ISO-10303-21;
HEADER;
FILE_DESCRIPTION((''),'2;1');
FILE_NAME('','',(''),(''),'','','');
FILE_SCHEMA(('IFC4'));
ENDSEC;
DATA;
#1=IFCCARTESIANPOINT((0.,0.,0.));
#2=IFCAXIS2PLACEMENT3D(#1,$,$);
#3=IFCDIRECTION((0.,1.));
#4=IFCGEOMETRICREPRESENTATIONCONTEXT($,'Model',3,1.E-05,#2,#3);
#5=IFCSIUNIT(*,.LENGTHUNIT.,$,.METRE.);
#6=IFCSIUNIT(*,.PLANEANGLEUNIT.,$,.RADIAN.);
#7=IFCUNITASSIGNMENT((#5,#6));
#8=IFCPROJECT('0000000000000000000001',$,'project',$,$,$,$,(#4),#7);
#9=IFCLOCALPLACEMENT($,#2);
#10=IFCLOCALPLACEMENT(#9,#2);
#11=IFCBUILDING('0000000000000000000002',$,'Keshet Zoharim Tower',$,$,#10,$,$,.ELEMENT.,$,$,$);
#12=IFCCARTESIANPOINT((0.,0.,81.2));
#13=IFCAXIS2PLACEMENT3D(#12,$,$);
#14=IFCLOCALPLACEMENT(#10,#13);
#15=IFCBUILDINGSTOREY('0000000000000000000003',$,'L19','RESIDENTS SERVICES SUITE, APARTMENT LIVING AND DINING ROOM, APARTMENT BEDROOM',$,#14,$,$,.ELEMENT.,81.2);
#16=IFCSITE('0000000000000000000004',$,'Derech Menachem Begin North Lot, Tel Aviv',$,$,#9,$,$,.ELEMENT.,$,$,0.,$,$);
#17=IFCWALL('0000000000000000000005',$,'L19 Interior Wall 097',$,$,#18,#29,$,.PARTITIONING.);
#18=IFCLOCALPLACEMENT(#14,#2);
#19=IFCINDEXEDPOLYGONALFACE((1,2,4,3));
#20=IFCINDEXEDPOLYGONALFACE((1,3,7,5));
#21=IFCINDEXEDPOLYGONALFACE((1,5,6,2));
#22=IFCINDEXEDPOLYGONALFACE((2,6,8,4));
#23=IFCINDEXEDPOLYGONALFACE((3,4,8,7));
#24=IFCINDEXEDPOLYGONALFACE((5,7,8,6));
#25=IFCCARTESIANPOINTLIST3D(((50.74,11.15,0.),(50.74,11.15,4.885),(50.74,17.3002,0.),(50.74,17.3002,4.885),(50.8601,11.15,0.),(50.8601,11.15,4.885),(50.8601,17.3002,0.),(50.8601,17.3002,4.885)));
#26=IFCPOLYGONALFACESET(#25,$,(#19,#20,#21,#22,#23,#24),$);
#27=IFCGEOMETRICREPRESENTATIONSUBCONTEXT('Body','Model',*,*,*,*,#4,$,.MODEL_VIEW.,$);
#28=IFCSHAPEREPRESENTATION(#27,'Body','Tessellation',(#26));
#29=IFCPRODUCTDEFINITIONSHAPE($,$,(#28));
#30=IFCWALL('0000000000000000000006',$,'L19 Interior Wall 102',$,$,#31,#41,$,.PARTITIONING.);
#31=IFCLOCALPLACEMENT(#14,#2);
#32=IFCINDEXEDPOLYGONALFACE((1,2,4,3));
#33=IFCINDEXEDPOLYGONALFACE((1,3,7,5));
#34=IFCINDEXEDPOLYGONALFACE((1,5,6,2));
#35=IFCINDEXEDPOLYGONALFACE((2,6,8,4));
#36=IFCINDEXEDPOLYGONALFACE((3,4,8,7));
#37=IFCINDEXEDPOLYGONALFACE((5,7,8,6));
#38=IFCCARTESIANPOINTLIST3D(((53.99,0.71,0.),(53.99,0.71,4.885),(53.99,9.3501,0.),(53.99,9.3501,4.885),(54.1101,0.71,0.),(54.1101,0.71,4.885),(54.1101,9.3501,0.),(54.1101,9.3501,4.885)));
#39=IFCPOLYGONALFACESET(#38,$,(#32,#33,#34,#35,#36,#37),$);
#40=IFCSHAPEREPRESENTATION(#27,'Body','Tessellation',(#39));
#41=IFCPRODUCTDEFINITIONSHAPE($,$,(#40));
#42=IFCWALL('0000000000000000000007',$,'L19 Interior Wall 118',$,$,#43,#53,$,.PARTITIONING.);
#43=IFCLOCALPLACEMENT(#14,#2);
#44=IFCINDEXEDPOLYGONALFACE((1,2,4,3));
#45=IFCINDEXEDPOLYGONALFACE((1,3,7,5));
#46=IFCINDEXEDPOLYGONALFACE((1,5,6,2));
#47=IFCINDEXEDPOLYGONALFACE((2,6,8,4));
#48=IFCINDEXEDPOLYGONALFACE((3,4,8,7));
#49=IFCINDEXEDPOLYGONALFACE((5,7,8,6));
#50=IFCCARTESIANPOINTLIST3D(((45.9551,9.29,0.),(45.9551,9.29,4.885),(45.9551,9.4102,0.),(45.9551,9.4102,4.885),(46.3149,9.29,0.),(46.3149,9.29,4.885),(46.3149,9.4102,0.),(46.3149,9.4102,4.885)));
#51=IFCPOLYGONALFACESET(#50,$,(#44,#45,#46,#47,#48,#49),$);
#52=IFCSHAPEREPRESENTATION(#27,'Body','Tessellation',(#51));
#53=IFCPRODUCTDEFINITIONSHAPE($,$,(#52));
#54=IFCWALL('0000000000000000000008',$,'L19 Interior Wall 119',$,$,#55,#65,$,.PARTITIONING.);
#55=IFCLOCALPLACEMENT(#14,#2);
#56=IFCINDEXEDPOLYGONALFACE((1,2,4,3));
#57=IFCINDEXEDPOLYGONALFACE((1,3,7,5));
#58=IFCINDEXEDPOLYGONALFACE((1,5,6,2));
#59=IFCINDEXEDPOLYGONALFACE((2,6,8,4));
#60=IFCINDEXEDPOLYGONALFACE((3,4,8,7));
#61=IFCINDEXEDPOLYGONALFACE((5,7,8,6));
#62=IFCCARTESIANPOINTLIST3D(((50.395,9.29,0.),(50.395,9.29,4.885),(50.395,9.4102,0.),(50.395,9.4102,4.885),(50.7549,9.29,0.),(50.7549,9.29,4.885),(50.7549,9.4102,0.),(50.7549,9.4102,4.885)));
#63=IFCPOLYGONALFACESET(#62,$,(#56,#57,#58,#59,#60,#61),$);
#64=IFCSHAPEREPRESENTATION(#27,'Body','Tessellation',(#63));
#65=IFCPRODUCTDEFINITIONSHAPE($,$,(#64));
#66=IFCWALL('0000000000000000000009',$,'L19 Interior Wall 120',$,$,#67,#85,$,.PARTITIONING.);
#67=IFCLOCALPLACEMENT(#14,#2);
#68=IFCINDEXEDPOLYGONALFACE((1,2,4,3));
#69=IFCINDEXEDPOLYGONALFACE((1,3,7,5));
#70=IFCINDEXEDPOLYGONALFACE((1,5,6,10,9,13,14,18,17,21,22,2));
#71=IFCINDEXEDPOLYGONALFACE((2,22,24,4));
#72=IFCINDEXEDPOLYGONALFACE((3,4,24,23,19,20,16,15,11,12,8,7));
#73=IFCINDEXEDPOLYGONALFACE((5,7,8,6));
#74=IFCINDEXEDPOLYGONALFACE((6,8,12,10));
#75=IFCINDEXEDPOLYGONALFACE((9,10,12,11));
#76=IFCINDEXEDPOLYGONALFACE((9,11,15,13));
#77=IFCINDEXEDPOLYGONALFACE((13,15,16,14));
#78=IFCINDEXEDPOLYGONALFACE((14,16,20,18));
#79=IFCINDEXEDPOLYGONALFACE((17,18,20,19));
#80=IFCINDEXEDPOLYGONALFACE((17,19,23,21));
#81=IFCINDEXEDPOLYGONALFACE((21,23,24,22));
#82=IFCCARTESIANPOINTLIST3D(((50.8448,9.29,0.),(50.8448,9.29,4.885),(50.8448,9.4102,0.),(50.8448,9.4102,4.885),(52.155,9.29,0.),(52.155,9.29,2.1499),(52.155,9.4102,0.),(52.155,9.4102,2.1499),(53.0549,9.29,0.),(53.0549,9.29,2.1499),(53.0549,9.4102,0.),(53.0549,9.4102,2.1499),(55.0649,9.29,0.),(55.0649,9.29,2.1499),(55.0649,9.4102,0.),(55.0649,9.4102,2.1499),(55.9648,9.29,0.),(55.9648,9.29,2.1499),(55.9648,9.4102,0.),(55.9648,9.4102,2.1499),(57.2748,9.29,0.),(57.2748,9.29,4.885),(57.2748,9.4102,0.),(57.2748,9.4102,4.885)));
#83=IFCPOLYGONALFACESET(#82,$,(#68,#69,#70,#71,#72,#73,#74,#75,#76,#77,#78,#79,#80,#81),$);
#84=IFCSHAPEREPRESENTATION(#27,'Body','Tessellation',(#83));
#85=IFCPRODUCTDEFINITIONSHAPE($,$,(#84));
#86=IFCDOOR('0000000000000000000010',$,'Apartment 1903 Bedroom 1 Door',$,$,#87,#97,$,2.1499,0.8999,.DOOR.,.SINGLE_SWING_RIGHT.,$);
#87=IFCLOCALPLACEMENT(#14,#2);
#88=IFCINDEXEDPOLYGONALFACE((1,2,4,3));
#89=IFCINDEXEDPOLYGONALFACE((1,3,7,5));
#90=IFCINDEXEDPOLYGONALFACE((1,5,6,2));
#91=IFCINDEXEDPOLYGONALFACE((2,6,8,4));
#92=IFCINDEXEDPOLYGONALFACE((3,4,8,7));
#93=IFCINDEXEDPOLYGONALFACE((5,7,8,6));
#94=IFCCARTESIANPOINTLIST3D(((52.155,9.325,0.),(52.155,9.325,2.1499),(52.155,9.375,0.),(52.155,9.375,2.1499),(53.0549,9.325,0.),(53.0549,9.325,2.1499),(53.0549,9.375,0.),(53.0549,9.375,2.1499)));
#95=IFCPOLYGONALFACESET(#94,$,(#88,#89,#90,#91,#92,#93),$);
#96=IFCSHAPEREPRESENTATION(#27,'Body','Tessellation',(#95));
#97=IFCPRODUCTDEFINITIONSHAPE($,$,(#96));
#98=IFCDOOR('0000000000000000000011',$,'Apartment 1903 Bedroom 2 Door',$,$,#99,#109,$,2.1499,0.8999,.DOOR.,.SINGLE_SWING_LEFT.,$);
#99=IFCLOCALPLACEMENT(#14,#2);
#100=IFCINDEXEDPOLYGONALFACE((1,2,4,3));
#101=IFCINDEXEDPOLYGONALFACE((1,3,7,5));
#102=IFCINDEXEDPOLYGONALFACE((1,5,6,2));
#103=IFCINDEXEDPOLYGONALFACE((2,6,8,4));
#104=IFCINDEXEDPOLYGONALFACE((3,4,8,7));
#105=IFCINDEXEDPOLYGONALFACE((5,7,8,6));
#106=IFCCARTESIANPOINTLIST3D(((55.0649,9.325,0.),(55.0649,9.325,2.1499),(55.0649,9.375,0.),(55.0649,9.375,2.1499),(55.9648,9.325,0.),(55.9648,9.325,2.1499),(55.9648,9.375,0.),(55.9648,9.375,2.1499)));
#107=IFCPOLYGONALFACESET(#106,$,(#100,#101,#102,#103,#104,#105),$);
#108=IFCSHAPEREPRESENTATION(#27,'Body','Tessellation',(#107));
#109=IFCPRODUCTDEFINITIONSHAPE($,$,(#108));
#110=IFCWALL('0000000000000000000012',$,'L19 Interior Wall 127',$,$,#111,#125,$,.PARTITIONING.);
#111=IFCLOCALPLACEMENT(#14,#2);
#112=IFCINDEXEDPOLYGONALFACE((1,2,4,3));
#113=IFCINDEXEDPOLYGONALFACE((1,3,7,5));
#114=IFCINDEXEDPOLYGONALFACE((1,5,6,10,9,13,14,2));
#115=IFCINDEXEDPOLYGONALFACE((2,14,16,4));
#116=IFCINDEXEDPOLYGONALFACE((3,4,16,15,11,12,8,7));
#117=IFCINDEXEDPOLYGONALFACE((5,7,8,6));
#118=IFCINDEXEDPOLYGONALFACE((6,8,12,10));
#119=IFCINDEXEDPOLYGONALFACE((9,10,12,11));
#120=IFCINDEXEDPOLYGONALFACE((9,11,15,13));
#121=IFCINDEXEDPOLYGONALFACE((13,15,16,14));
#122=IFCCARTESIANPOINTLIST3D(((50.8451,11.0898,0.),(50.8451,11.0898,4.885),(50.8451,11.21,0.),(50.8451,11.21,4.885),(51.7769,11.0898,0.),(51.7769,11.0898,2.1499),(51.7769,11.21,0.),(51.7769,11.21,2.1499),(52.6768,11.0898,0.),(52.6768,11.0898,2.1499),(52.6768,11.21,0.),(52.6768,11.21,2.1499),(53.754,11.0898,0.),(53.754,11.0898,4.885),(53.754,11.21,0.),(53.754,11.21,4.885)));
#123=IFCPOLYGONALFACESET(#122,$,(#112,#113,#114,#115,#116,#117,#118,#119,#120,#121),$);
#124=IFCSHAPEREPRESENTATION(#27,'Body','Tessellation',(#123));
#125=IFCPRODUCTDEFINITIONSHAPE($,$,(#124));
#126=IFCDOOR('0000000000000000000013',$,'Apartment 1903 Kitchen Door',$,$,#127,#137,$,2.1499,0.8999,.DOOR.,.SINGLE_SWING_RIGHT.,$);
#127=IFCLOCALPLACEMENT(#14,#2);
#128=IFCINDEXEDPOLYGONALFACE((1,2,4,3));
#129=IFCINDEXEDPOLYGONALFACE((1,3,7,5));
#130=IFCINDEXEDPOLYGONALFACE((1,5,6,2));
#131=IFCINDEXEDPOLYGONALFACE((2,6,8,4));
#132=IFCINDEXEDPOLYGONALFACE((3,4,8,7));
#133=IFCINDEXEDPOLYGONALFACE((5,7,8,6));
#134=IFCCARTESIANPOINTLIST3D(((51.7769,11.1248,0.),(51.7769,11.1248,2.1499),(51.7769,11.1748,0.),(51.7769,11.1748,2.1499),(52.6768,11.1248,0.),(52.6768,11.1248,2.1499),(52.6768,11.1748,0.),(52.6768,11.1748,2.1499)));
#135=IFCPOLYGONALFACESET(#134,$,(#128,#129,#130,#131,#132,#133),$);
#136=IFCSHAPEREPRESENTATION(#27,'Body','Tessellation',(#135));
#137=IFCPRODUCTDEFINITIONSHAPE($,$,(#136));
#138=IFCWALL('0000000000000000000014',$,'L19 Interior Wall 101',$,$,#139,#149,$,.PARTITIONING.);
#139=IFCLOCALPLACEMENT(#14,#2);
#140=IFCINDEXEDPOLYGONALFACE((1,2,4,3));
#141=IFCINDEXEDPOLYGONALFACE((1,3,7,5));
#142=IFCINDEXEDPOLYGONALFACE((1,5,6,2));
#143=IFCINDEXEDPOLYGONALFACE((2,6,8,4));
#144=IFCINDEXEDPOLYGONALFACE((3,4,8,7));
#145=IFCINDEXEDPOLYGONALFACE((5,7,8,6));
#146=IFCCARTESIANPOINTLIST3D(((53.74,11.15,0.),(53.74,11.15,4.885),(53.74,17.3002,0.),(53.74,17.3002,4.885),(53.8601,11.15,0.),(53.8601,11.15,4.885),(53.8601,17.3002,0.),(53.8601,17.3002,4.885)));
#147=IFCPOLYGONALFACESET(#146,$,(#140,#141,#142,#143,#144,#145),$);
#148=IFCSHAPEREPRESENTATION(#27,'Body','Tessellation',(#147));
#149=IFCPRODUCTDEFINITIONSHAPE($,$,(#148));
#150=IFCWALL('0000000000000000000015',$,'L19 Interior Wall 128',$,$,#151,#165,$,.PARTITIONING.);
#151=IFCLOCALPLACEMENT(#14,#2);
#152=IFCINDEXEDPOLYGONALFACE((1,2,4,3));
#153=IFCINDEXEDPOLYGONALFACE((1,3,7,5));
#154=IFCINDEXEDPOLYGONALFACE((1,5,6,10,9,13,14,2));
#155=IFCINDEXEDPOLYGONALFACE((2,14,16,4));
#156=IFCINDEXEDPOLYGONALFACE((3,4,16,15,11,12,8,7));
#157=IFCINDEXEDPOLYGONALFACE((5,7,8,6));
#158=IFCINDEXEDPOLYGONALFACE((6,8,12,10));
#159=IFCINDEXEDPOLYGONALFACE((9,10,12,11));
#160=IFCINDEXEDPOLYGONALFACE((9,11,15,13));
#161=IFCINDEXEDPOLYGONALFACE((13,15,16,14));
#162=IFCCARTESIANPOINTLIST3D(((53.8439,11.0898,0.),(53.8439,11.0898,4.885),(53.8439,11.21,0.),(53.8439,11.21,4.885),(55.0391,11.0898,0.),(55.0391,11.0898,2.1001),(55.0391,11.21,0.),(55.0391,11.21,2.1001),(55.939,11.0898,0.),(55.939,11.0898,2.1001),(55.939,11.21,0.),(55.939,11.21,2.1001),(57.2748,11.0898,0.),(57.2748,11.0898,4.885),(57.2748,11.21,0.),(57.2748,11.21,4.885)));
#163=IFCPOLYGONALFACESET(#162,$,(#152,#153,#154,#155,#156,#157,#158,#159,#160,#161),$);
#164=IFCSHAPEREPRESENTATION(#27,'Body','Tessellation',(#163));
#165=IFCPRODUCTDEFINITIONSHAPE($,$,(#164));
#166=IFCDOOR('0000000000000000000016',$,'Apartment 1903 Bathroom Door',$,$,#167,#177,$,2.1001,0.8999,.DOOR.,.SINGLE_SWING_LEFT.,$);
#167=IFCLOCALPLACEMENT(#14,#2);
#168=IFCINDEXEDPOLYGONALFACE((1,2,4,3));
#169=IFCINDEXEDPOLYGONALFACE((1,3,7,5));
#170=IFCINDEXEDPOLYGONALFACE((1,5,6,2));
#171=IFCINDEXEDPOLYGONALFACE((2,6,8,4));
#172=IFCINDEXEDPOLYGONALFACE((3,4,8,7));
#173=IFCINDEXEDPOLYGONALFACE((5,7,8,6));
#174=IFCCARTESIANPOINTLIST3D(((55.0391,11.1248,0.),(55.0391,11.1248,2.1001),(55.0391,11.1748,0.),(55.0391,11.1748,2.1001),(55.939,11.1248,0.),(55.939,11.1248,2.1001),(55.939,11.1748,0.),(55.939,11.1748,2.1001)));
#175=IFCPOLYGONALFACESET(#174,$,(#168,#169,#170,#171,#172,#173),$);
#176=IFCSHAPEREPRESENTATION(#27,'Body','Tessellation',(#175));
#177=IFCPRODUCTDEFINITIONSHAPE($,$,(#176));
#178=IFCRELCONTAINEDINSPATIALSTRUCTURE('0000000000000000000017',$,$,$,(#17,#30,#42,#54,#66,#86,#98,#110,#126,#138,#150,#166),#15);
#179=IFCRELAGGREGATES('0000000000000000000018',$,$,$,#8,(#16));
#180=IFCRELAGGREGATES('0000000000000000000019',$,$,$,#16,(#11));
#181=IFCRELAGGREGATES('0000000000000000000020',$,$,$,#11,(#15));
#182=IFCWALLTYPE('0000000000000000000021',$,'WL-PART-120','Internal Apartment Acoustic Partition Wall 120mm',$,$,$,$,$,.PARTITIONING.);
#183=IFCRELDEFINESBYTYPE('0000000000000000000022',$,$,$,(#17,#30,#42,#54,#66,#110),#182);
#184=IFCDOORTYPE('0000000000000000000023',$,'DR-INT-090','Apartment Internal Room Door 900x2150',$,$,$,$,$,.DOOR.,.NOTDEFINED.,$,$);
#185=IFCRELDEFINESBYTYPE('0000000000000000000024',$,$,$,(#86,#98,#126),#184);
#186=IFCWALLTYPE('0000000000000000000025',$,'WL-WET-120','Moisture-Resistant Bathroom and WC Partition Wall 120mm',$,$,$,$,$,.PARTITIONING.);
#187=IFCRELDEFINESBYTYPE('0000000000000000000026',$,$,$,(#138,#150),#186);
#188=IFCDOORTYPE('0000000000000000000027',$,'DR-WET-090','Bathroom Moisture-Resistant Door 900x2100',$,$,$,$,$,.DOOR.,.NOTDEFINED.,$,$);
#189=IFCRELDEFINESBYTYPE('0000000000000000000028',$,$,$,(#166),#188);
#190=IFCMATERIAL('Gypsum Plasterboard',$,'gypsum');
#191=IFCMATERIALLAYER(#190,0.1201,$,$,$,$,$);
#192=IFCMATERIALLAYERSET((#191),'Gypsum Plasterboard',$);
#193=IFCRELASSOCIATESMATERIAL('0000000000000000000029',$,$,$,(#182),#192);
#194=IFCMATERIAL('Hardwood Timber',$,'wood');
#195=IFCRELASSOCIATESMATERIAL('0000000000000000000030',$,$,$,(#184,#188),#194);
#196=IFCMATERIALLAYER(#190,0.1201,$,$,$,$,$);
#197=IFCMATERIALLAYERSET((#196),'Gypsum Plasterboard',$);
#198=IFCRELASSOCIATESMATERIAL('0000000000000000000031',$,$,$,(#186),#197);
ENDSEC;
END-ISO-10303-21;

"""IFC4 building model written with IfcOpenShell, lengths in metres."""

from ifc_helpers import new_model, si_unit, direction, frame, frame_2d, origin, place, context, subcontext, project, spatial, rectangle, extrude, material, layer, layer_set, type_object, element, fill, save


model = new_model("IFC4")

# Units and contexts
model_context = context("Model", 3, precision=1e-05, world=origin(), true_north=direction((0.0, 1.0)))
body_context = subcontext(model_context, "Body", "Model", "MODEL_VIEW")
ifc_project = project(units=[si_unit("LENGTHUNIT", "METRE"), si_unit("PLANEANGLEUNIT", "RADIAN")], contexts=[model_context])

# Site, building, storey
site_placement = place(None, origin())
site = spatial("IfcSite", under=ifc_project, at=site_placement, Name="Derech Menachem Begin North Lot, Tel Aviv", CompositionType="ELEMENT", RefElevation=0.0)
building_placement = place(site_placement, origin())
building = spatial("IfcBuilding", under=site, at=building_placement, Name="Keshet Zoharim Tower", CompositionType="ELEMENT")
storey_placement = place(building_placement, frame((0.0, 0.0, 81.2)))
storey = spatial("IfcBuildingStorey", under=building, at=storey_placement, Name="L19", Description="RESIDENTS SERVICES SUITE, APARTMENT LIVING AND DINING ROOM, APARTMENT BEDROOM", CompositionType="ELEMENT", Elevation=81.2)

# Shared definitions
ifc_material_1 = material(Name="Gypsum Plasterboard", Category="gypsum")
ifc_material_2 = material(Name="Hardwood Timber", Category="wood")

# Walls
ifc_layer_1 = layer(ifc_material_1, 0.1201)
ifc_layer_set_1 = layer_set([ifc_layer_1], Name="Gypsum Plasterboard")
wall_type_1 = type_object("IfcWallType", Name="WL-PART-120", Description="Internal Apartment Acoustic Partition Wall 120mm", PredefinedType="PARTITIONING", material=ifc_layer_set_1)
wall_1_placement = place(storey_placement, frame((50.8, 11.1499, 0.0), z_axis=(0.0, 0.0, 1.0), x_axis=(0.0, 1.0, 0.0)))
element("IfcWall", 1, at=wall_1_placement, inside=storey, type_object=wall_type_1, Name="L19 Interior Wall 097", PredefinedType="PARTITIONING", context=body_context, shape_type="SweptSolid", body=[
    extrude(rectangle(XDim=6.1501, YDim=0.1201, at=frame_2d((3.0752, 0.0))), origin(), (0.0, 0.0, 1.0), 4.885),
])
wall_2_placement = place(storey_placement, frame((54.05, 0.71, 0.0), z_axis=(0.0, 0.0, 1.0), x_axis=(0.0, 1.0, 0.0)))
element("IfcWall", 2, at=wall_2_placement, inside=storey, type_object=wall_type_1, Name="L19 Interior Wall 102", PredefinedType="PARTITIONING", context=body_context, shape_type="SweptSolid", body=[
    extrude(rectangle(XDim=8.6401, YDim=0.1201, at=frame_2d((4.3201, 0.0))), origin(), (0.0, 0.0, 1.0), 4.885),
])
for number, where, z_axis, x_axis, name in (
    (3, (45.9551, 9.3501, 0.0), (0.0, 0.0, 1.0), (1.0, 0.0, 0.0), "L19 Interior Wall 118"),
    (4, (50.395, 9.3501, 0.0), (0.0, 0.0, 1.0), (1.0, 0.0, 0.0), "L19 Interior Wall 119"),
):
    element("IfcWall", number, at=place(storey_placement, frame(where, z_axis=z_axis, x_axis=x_axis)), inside=storey, type_object=wall_type_1, Name=name, PredefinedType="PARTITIONING", context=body_context, shape_type="SweptSolid", body=[
        extrude(rectangle(XDim=0.3599, YDim=0.1201, at=frame_2d((0.1799, 0.0))), origin(), (0.0, 0.0, 1.0), 4.885),
    ])

# Wall, openings, doors
wall_3_placement = place(storey_placement, frame((50.845, 9.3501, 0.0), z_axis=(0.0, 0.0, 1.0), x_axis=(1.0, 0.0, 0.0)))
wall_3 = element("IfcWall", 5, at=wall_3_placement, inside=storey, type_object=wall_type_1, Name="L19 Interior Wall 120", PredefinedType="PARTITIONING", context=body_context, shape_type="SweptSolid", body=[
    extrude(rectangle(XDim=6.4299, YDim=0.1201, at=frame_2d((3.2148, 0.0))), origin(), (0.0, 0.0, 1.0), 4.885),
])
opening_1_placement = place(wall_3_placement, frame((1.3101, 0.0, 0.0)))
opening_1 = element("IfcOpeningElement", 6, at=opening_1_placement, cuts=wall_3, PredefinedType="OPENING", context=body_context, shape_type="SweptSolid", body=[
    extrude(rectangle(XDim=0.8999, YDim=2.1499, at=frame_2d((0.45, 1.075))), frame((0.0, 0.0701, 0.0), z_axis=(0.0, -1.0, 0.0), x_axis=(1.0, 0.0, 0.0)), (0.0, 0.0, 1.0), 0.1401),
])
opening_2_placement = place(wall_3_placement, frame((4.22, 0.0, 0.0)))
opening_2 = element("IfcOpeningElement", 7, at=opening_2_placement, cuts=wall_3, PredefinedType="OPENING", context=body_context, shape_type="SweptSolid", body=[
    extrude(rectangle(XDim=0.8999, YDim=2.1499, at=frame_2d((0.45, 1.075))), frame((0.0, 0.0701, 0.0), z_axis=(0.0, -1.0, 0.0), x_axis=(1.0, 0.0, 0.0)), (0.0, 0.0, 1.0), 0.1401),
])
door_type_1 = type_object("IfcDoorType", Name="DR-INT-090", Description="Apartment Internal Room Door 900x2150", OperationType="NOTDEFINED", PredefinedType="DOOR", material=ifc_material_2)
door_1_placement = place(opening_1_placement, origin())
door_1 = element("IfcDoor", 8, at=door_1_placement, inside=storey, type_object=door_type_1, Name="Apartment 1903 Bedroom 1 Door", OperationType="SINGLE_SWING_RIGHT", OverallHeight=2.1499, OverallWidth=0.8999, PredefinedType="DOOR", context=body_context, shape_type="SweptSolid", body=[
    extrude(rectangle(XDim=0.8999, YDim=2.1499, at=frame_2d((0.45, 1.075))), frame((0.0, 0.0249, 0.0), z_axis=(0.0, -1.0, 0.0), x_axis=(1.0, 0.0, 0.0)), (0.0, 0.0, 1.0), 0.05),
])
fill(opening_1, door_1)
door_2_placement = place(opening_2_placement, origin())
door_2 = element("IfcDoor", 9, at=door_2_placement, inside=storey, type_object=door_type_1, Name="Apartment 1903 Bedroom 2 Door", OperationType="SINGLE_SWING_LEFT", OverallHeight=2.1499, OverallWidth=0.8999, PredefinedType="DOOR", context=body_context, shape_type="SweptSolid", body=[
    extrude(rectangle(XDim=0.8999, YDim=2.1499, at=frame_2d((0.45, 1.075))), frame((0.0, 0.0249, 0.0), z_axis=(0.0, -1.0, 0.0), x_axis=(1.0, 0.0, 0.0)), (0.0, 0.0, 1.0), 0.05),
])
fill(opening_2, door_2)

# Wall, opening, door
wall_4_placement = place(storey_placement, frame((50.845, 11.1499, 0.0), z_axis=(0.0, 0.0, 1.0), x_axis=(1.0, 0.0, 0.0)))
wall_4 = element("IfcWall", 10, at=wall_4_placement, inside=storey, type_object=wall_type_1, Name="L19 Interior Wall 127", PredefinedType="PARTITIONING", context=body_context, shape_type="SweptSolid", body=[
    extrude(rectangle(XDim=2.9089, YDim=0.1201, at=frame_2d((1.4546, 0.0))), origin(), (0.0, 0.0, 1.0), 4.885),
])
opening_3_placement = place(wall_4_placement, frame((0.9319, 0.0, 0.0)))
opening_3 = element("IfcOpeningElement", 11, at=opening_3_placement, cuts=wall_4, PredefinedType="OPENING", context=body_context, shape_type="SweptSolid", body=[
    extrude(rectangle(XDim=0.8999, YDim=2.1499, at=frame_2d((0.45, 1.075))), frame((0.0, 0.0701, 0.0), z_axis=(0.0, -1.0, 0.0), x_axis=(1.0, 0.0, 0.0)), (0.0, 0.0, 1.0), 0.1401),
])
door_3_placement = place(opening_3_placement, origin())
door_3 = element("IfcDoor", 12, at=door_3_placement, inside=storey, type_object=door_type_1, Name="Apartment 1903 Kitchen Door", OperationType="SINGLE_SWING_RIGHT", OverallHeight=2.1499, OverallWidth=0.8999, PredefinedType="DOOR", context=body_context, shape_type="SweptSolid", body=[
    extrude(rectangle(XDim=0.8999, YDim=2.1499, at=frame_2d((0.45, 1.075))), frame((0.0, 0.0249, 0.0), z_axis=(0.0, -1.0, 0.0), x_axis=(1.0, 0.0, 0.0)), (0.0, 0.0, 1.0), 0.05),
])
fill(opening_3, door_3)

# Wall
ifc_layer_2 = layer(ifc_material_1, 0.1201)
ifc_layer_set_2 = layer_set([ifc_layer_2], Name="Gypsum Plasterboard")
wall_type_2 = type_object("IfcWallType", Name="WL-WET-120", Description="Moisture-Resistant Bathroom and WC Partition Wall 120mm", PredefinedType="PARTITIONING", material=ifc_layer_set_2)
wall_5_placement = place(storey_placement, frame((53.8, 11.1499, 0.0), z_axis=(0.0, 0.0, 1.0), x_axis=(0.0, 1.0, 0.0)))
element("IfcWall", 13, at=wall_5_placement, inside=storey, type_object=wall_type_2, Name="L19 Interior Wall 101", PredefinedType="PARTITIONING", context=body_context, shape_type="SweptSolid", body=[
    extrude(rectangle(XDim=6.1501, YDim=0.1201, at=frame_2d((3.0752, 0.0))), origin(), (0.0, 0.0, 1.0), 4.885),
])

# Wall, opening, door
wall_6_placement = place(storey_placement, frame((53.844, 11.1499, 0.0), z_axis=(0.0, 0.0, 1.0), x_axis=(1.0, 0.0, 0.0)))
wall_6 = element("IfcWall", 14, at=wall_6_placement, inside=storey, type_object=wall_type_2, Name="L19 Interior Wall 128", PredefinedType="PARTITIONING", context=body_context, shape_type="SweptSolid", body=[
    extrude(rectangle(XDim=3.4309, YDim=0.1201, at=frame_2d((1.7153, 0.0))), origin(), (0.0, 0.0, 1.0), 4.885),
])
opening_4_placement = place(wall_6_placement, frame((1.1951, 0.0, 0.0)))
opening_4 = element("IfcOpeningElement", 15, at=opening_4_placement, cuts=wall_6, PredefinedType="OPENING", context=body_context, shape_type="SweptSolid", body=[
    extrude(rectangle(XDim=0.8999, YDim=2.1001, at=frame_2d((0.45, 1.05))), frame((0.0, 0.0701, 0.0), z_axis=(0.0, -1.0, 0.0), x_axis=(1.0, 0.0, 0.0)), (0.0, 0.0, 1.0), 0.1401),
])
door_type_2 = type_object("IfcDoorType", Name="DR-WET-090", Description="Bathroom Moisture-Resistant Door 900x2100", OperationType="NOTDEFINED", PredefinedType="DOOR", material=ifc_material_2)
door_4_placement = place(opening_4_placement, origin())
door_4 = element("IfcDoor", 16, at=door_4_placement, inside=storey, type_object=door_type_2, Name="Apartment 1903 Bathroom Door", OperationType="SINGLE_SWING_LEFT", OverallHeight=2.1001, OverallWidth=0.8999, PredefinedType="DOOR", context=body_context, shape_type="SweptSolid", body=[
    extrude(rectangle(XDim=0.8999, YDim=2.1001, at=frame_2d((0.45, 1.05))), frame((0.0, 0.0249, 0.0), z_axis=(0.0, -1.0, 0.0), x_axis=(1.0, 0.0, 0.0)), (0.0, 0.0, 1.0), 0.05),
])
fill(opening_4, door_4)

save(model, "model.ifc")
